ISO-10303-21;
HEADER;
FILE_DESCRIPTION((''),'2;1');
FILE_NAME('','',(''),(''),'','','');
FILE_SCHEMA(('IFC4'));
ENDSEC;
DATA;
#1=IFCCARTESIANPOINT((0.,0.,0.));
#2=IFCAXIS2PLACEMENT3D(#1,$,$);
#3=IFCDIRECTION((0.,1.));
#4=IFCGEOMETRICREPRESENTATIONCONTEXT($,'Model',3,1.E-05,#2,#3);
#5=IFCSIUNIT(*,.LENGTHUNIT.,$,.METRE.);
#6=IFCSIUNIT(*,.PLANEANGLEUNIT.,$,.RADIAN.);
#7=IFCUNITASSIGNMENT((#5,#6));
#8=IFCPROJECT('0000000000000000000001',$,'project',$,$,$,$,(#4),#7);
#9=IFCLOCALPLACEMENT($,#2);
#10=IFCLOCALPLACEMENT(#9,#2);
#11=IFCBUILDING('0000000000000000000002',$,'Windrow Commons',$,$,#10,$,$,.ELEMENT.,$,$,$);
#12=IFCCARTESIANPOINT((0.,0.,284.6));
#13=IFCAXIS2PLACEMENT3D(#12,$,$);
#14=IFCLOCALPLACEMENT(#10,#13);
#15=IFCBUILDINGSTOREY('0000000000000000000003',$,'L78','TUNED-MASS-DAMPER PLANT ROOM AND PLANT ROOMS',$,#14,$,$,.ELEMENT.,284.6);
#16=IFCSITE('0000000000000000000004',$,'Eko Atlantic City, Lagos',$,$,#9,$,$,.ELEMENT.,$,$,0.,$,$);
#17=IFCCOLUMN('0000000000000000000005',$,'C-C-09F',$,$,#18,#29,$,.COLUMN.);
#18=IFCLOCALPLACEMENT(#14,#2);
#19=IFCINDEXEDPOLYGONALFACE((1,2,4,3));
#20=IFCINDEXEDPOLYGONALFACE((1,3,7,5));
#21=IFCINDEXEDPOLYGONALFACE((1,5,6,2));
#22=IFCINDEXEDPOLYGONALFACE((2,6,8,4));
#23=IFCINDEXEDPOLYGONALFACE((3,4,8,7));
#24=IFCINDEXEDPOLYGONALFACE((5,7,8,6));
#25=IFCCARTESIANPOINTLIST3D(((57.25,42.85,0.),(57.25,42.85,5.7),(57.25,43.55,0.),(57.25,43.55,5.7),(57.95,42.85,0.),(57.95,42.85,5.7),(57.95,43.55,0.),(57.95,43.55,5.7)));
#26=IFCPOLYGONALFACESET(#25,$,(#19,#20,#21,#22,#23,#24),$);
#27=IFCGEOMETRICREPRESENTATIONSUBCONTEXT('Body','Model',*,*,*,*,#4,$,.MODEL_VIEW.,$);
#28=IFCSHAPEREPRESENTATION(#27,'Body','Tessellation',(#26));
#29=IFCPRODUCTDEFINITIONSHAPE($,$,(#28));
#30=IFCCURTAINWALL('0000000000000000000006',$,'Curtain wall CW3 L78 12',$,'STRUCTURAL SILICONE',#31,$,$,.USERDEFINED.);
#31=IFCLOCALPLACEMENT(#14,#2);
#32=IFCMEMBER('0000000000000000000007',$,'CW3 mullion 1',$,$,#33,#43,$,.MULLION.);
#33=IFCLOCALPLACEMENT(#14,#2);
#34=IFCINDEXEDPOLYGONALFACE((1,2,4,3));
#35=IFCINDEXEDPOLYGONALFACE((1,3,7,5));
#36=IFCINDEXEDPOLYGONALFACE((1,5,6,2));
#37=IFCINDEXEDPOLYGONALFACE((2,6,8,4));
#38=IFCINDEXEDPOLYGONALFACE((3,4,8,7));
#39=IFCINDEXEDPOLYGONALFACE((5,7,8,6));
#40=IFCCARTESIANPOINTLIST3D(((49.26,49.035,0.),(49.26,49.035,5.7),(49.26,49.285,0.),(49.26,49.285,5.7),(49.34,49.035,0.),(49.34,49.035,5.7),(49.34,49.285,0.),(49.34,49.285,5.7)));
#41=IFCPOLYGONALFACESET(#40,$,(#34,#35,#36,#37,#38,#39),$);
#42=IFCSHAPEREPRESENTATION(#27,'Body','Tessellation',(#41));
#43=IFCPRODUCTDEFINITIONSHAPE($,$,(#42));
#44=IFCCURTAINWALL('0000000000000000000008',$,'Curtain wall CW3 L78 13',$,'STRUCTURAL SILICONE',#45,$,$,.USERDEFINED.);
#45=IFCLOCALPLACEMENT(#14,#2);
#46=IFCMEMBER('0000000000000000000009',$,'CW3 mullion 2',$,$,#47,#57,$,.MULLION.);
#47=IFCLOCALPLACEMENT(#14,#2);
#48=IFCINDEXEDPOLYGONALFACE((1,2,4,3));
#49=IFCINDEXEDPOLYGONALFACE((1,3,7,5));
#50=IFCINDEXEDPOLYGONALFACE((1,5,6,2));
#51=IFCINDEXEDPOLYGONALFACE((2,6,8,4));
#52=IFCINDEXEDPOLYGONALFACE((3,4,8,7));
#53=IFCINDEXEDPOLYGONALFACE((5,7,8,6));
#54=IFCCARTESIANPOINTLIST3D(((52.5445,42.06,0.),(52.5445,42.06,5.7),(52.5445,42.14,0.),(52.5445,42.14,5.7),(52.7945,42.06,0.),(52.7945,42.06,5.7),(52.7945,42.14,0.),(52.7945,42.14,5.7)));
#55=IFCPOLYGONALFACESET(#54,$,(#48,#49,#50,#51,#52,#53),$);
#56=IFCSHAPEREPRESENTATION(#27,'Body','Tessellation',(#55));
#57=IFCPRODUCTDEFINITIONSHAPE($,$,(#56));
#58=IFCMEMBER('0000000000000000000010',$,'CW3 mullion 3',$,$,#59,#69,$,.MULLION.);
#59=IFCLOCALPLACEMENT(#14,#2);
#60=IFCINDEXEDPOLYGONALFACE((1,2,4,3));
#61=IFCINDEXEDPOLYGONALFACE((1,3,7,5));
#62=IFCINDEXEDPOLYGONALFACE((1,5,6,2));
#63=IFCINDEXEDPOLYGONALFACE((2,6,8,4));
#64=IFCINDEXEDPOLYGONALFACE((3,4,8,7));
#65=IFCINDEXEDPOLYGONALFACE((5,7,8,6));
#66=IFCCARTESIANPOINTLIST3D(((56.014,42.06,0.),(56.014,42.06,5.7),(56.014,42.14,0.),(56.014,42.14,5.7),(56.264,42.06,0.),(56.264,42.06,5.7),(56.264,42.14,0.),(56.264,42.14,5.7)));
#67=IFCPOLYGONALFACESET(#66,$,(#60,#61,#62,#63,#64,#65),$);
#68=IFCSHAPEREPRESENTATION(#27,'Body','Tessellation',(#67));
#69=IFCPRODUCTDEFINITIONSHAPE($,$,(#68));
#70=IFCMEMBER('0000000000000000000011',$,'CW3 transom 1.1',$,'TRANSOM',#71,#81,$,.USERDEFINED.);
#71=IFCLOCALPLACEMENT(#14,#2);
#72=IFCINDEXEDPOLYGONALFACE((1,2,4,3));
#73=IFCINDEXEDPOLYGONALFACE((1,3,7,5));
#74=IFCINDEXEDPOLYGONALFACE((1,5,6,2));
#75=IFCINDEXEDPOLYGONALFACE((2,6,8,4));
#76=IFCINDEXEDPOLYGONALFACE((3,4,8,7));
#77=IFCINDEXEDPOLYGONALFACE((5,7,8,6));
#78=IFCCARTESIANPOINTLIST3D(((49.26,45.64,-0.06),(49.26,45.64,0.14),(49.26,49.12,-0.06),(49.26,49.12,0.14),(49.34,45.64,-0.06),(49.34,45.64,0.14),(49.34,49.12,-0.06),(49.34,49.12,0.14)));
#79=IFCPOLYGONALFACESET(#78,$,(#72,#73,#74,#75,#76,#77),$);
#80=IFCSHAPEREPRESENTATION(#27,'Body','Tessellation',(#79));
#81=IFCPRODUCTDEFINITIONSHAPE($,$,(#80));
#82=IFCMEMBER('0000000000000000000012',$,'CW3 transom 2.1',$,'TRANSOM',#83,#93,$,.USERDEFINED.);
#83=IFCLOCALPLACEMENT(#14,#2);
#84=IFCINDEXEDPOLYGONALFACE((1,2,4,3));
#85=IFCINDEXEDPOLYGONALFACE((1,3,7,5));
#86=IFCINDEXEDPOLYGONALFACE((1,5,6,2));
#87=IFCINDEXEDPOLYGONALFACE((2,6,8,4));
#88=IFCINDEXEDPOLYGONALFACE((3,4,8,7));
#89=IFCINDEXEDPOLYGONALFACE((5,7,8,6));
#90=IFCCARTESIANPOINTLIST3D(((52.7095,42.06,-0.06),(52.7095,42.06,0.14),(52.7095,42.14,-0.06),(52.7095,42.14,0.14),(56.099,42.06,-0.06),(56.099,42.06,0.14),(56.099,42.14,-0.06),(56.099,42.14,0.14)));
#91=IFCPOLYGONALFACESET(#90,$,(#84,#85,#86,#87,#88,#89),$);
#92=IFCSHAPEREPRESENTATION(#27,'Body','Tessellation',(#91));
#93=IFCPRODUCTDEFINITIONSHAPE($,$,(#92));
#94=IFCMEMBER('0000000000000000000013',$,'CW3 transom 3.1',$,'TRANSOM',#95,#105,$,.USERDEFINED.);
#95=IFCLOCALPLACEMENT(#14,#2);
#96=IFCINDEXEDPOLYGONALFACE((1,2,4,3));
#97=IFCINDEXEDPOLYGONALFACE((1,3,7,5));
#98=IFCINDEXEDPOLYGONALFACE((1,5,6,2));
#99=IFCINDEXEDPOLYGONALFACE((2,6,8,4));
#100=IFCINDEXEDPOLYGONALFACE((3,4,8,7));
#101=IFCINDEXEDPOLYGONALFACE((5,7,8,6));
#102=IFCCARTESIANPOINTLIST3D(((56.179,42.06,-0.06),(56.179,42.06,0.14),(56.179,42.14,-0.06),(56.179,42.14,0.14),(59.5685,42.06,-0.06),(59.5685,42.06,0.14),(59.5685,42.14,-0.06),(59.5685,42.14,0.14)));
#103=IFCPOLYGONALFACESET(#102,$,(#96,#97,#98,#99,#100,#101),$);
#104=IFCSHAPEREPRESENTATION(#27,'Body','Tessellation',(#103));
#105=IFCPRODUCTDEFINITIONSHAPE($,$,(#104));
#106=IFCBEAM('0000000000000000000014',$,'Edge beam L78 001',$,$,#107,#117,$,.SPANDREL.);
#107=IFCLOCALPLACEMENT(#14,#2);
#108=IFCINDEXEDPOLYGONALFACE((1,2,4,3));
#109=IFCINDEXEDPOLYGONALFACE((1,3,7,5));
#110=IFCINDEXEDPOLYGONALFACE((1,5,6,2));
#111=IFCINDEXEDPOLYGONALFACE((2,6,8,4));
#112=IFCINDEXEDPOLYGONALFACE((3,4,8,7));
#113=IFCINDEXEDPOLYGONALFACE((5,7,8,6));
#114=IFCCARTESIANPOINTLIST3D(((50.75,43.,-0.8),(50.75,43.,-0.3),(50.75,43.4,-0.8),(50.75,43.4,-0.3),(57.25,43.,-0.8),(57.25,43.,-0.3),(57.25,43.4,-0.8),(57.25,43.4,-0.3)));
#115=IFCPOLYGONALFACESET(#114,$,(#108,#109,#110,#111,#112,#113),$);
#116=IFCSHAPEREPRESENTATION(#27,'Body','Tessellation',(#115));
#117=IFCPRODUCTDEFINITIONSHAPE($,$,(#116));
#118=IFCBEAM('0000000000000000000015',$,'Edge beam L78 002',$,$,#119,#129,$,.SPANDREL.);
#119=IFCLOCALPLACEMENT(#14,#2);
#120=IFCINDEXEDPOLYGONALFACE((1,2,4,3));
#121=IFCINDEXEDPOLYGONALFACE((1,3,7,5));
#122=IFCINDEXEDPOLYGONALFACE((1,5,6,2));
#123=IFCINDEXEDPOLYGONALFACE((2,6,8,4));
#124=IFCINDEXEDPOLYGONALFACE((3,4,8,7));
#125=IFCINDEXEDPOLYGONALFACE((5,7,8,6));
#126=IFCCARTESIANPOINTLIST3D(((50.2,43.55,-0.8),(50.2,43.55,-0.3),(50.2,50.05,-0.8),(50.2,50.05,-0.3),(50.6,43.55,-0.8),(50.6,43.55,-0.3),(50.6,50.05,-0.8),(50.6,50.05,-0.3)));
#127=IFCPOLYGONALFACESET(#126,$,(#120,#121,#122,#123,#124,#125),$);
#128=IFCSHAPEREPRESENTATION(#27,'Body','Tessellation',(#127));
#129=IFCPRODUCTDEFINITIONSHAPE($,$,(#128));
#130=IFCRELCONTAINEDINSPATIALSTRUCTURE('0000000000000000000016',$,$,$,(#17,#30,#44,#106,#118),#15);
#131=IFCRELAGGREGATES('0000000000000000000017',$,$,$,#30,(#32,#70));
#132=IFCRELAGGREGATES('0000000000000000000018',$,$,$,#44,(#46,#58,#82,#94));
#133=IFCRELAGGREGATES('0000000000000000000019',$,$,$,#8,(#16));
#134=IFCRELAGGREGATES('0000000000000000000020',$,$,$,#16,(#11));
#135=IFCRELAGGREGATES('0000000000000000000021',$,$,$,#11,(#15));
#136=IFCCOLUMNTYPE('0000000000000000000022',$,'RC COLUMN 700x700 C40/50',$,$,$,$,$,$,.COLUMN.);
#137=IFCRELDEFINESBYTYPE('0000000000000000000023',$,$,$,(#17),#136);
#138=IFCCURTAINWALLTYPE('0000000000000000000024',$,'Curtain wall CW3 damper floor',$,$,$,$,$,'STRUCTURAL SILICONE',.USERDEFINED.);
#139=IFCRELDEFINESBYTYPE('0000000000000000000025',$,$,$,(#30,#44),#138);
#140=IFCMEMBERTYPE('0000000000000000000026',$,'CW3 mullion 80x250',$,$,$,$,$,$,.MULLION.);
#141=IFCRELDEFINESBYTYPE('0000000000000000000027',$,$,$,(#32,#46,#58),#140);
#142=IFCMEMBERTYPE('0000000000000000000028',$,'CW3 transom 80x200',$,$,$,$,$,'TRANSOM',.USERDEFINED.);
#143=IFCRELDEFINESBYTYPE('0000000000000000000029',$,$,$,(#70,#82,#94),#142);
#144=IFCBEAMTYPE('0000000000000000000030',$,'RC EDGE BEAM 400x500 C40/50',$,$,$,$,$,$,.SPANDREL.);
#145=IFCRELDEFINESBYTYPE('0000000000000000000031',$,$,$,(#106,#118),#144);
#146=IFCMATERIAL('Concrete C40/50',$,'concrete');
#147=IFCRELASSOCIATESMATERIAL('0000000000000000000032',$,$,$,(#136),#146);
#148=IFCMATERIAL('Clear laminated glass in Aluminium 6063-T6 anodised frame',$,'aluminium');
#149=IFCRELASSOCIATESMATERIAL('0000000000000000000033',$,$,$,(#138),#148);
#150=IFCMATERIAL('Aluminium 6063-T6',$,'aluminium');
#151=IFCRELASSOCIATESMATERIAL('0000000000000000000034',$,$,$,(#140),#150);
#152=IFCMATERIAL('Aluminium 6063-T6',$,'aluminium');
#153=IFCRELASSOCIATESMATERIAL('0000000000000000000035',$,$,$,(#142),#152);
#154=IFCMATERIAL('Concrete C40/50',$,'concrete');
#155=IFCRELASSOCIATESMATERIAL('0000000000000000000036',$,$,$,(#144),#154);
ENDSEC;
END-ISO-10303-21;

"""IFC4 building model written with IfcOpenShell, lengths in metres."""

from ifc_helpers import new_model, si_unit, direction, frame, origin, origin_2d, place, context, subcontext, project, spatial, rectangle, extrude, material, material_profile, profile_set, type_object, element, aggregate, save


model = new_model("IFC4")

# Units and contexts
model_context = context("Model", 3, precision=1e-05, world=origin(), true_north=direction((0.0, 1.0)))
body_context = subcontext(model_context, "Body", "Model", "MODEL_VIEW")
ifc_project = project(units=[si_unit("LENGTHUNIT", "METRE"), si_unit("PLANEANGLEUNIT", "RADIAN")], contexts=[model_context])

# Site, building, storey
site_placement = place(None, origin())
site = spatial("IfcSite", under=ifc_project, at=site_placement, Name="Eko Atlantic City, Lagos", CompositionType="ELEMENT", RefElevation=0.0)
building_placement = place(site_placement, origin())
building = spatial("IfcBuilding", under=site, at=building_placement, Name="Windrow Commons", CompositionType="ELEMENT")
storey_placement = place(building_placement, frame((0.0, 0.0, 284.6)))
storey = spatial("IfcBuildingStorey", under=building, at=storey_placement, Name="L78", Description="TUNED-MASS-DAMPER PLANT ROOM AND PLANT ROOMS", CompositionType="ELEMENT", Elevation=284.6)

# Column
ifc_material_1 = material(Name="Concrete C40/50", Category="concrete")
ifc_material_profile_1 = material_profile(ifc_material_1, rectangle(XDim=0.7, YDim=0.7, at=origin_2d()))
ifc_profile_set_1 = profile_set([ifc_material_profile_1], Name="Concrete C40/50")
column_type = type_object("IfcColumnType", Name="RC COLUMN 700x700 C40/50", PredefinedType="COLUMN", material=ifc_profile_set_1)
column_placement = place(storey_placement, frame((57.6, 43.2, 0.0), z_axis=(0.0, 0.0, 1.0), x_axis=(1.0, 0.0, 0.0)))
element("IfcColumn", 1, at=column_placement, inside=storey, type_object=column_type, Name="C-C-09F", PredefinedType="COLUMN", context=body_context, shape_type="SweptSolid", body=[
    extrude(rectangle(XDim=0.7, YDim=0.7, at=origin_2d()), origin(), (0.0, 0.0, 1.0), 5.7),
])

# Curtain wall, member
ifc_material_2 = material(Name="Clear laminated glass in Aluminium 6063-T6 anodised frame", Category="aluminium")
curtain_wall_type = type_object("IfcCurtainWallType", Name="Curtain wall CW3 damper floor", ElementType="STRUCTURAL SILICONE", PredefinedType="USERDEFINED", material=ifc_material_2)
placement = place(storey_placement, origin())
curtain_wall_1 = element("IfcCurtainWall", 2, at=placement, inside=storey, type_object=curtain_wall_type, Name="Curtain wall CW3 L78 12", ObjectType="STRUCTURAL SILICONE", PredefinedType="USERDEFINED")
ifc_material_3 = material(Name="Aluminium 6063-T6", Category="aluminium")
ifc_material_profile_2 = material_profile(ifc_material_3, rectangle(XDim=0.08, YDim=0.25, at=origin_2d()))
ifc_profile_set_2 = profile_set([ifc_material_profile_2], Name="Aluminium 6063-T6")
member_type_1 = type_object("IfcMemberType", Name="CW3 mullion 80x250", PredefinedType="MULLION", material=ifc_profile_set_2)
member_1_placement = place(storey_placement, frame((49.3, 49.16, 0.0), z_axis=(0.0, 0.0, 1.0), x_axis=(1.0, 0.0, 0.0)))
member_1 = element("IfcMember", 3, at=member_1_placement, type_object=member_type_1, Name="CW3 mullion 1", PredefinedType="MULLION", context=body_context, shape_type="SweptSolid", body=[
    extrude(rectangle(XDim=0.08, YDim=0.25, at=origin_2d()), origin(), (0.0, 0.0, 1.0), 5.7),
])

# Curtain wall, members
curtain_wall_2 = element("IfcCurtainWall", 4, at=placement, inside=storey, type_object=curtain_wall_type, Name="Curtain wall CW3 L78 13", ObjectType="STRUCTURAL SILICONE", PredefinedType="USERDEFINED")
member_2_placement = place(storey_placement, frame((52.6695, 42.1, 0.0), z_axis=(0.0, 0.0, 1.0), x_axis=(0.0, 1.0, 0.0)))
member_2 = element("IfcMember", 5, at=member_2_placement, type_object=member_type_1, Name="CW3 mullion 2", PredefinedType="MULLION", context=body_context, shape_type="SweptSolid", body=[
    extrude(rectangle(XDim=0.08, YDim=0.25, at=origin_2d()), origin(), (0.0, 0.0, 1.0), 5.7),
])
member_3_placement = place(storey_placement, frame((56.139, 42.1, 0.0), z_axis=(0.0, 0.0, 1.0), x_axis=(0.0, 1.0, 0.0)))
member_3 = element("IfcMember", 6, at=member_3_placement, type_object=member_type_1, Name="CW3 mullion 3", PredefinedType="MULLION", context=body_context, shape_type="SweptSolid", body=[
    extrude(rectangle(XDim=0.08, YDim=0.25, at=origin_2d()), origin(), (0.0, 0.0, 1.0), 5.7),
])

# Members
ifc_material_4 = material(Name="Aluminium 6063-T6", Category="aluminium")
ifc_material_profile_3 = material_profile(ifc_material_4, rectangle(XDim=0.08, YDim=0.2, at=origin_2d()))
ifc_profile_set_3 = profile_set([ifc_material_profile_3], Name="Aluminium 6063-T6")
member_type_2 = type_object("IfcMemberType", Name="CW3 transom 80x200", ElementType="TRANSOM", PredefinedType="USERDEFINED", material=ifc_profile_set_3)
member_4_placement = place(storey_placement, frame((49.3, 49.12, 0.04), z_axis=(0.0, -1.0, 0.0), x_axis=(1.0, 0.0, 0.0)))
member_4 = element("IfcMember", 7, at=member_4_placement, type_object=member_type_2, Name="CW3 transom 1.1", ObjectType="TRANSOM", PredefinedType="USERDEFINED", context=body_context, shape_type="SweptSolid", body=[
    extrude(rectangle(XDim=0.08, YDim=0.2, at=origin_2d()), origin(), (0.0, 0.0, 1.0), 3.48),
])
aggregate(curtain_wall_1, [member_1, member_4])
member_5_placement = place(storey_placement, frame((52.7095, 42.1, 0.04), z_axis=(1.0, 0.0, 0.0), x_axis=(0.0, 1.0, 0.0)))
member_5 = element("IfcMember", 8, at=member_5_placement, type_object=member_type_2, Name="CW3 transom 2.1", ObjectType="TRANSOM", PredefinedType="USERDEFINED", context=body_context, shape_type="SweptSolid", body=[
    extrude(rectangle(XDim=0.08, YDim=0.2, at=origin_2d()), origin(), (0.0, 0.0, 1.0), 3.3895),
])
member_6_placement = place(storey_placement, frame((56.179, 42.1, 0.04), z_axis=(1.0, 0.0, 0.0), x_axis=(0.0, 1.0, 0.0)))
member_6 = element("IfcMember", 9, at=member_6_placement, type_object=member_type_2, Name="CW3 transom 3.1", ObjectType="TRANSOM", PredefinedType="USERDEFINED", context=body_context, shape_type="SweptSolid", body=[
    extrude(rectangle(XDim=0.08, YDim=0.2, at=origin_2d()), origin(), (0.0, 0.0, 1.0), 3.3895),
])
aggregate(curtain_wall_2, [member_2, member_3, member_5, member_6])

# Beams
ifc_material_5 = material(Name="Concrete C40/50", Category="concrete")
ifc_material_profile_4 = material_profile(ifc_material_5, rectangle(XDim=0.4, YDim=0.5, at=origin_2d()))
ifc_profile_set_4 = profile_set([ifc_material_profile_4], Name="Concrete C40/50")
beam_type = type_object("IfcBeamType", Name="RC EDGE BEAM 400x500 C40/50", PredefinedType="SPANDREL", material=ifc_profile_set_4)
for number, where, z_axis, x_axis, name in (
    (10, (57.25, 43.2, -0.55), (-1.0, 0.0, 0.0), (0.0, -1.0, 0.0), "Edge beam L78 001"),
    (11, (50.4, 43.55, -0.55), (0.0, 1.0, 0.0), (-1.0, 0.0, 0.0), "Edge beam L78 002"),
):
    element("IfcBeam", number, at=place(storey_placement, frame(where, z_axis=z_axis, x_axis=x_axis)), inside=storey, type_object=beam_type, Name=name, PredefinedType="SPANDREL", context=body_context, shape_type="SweptSolid", body=[
        extrude(rectangle(XDim=0.4, YDim=0.5, at=origin_2d()), origin(), (0.0, 0.0, 1.0), 6.5),
    ])

save(model, "model.ifc")
